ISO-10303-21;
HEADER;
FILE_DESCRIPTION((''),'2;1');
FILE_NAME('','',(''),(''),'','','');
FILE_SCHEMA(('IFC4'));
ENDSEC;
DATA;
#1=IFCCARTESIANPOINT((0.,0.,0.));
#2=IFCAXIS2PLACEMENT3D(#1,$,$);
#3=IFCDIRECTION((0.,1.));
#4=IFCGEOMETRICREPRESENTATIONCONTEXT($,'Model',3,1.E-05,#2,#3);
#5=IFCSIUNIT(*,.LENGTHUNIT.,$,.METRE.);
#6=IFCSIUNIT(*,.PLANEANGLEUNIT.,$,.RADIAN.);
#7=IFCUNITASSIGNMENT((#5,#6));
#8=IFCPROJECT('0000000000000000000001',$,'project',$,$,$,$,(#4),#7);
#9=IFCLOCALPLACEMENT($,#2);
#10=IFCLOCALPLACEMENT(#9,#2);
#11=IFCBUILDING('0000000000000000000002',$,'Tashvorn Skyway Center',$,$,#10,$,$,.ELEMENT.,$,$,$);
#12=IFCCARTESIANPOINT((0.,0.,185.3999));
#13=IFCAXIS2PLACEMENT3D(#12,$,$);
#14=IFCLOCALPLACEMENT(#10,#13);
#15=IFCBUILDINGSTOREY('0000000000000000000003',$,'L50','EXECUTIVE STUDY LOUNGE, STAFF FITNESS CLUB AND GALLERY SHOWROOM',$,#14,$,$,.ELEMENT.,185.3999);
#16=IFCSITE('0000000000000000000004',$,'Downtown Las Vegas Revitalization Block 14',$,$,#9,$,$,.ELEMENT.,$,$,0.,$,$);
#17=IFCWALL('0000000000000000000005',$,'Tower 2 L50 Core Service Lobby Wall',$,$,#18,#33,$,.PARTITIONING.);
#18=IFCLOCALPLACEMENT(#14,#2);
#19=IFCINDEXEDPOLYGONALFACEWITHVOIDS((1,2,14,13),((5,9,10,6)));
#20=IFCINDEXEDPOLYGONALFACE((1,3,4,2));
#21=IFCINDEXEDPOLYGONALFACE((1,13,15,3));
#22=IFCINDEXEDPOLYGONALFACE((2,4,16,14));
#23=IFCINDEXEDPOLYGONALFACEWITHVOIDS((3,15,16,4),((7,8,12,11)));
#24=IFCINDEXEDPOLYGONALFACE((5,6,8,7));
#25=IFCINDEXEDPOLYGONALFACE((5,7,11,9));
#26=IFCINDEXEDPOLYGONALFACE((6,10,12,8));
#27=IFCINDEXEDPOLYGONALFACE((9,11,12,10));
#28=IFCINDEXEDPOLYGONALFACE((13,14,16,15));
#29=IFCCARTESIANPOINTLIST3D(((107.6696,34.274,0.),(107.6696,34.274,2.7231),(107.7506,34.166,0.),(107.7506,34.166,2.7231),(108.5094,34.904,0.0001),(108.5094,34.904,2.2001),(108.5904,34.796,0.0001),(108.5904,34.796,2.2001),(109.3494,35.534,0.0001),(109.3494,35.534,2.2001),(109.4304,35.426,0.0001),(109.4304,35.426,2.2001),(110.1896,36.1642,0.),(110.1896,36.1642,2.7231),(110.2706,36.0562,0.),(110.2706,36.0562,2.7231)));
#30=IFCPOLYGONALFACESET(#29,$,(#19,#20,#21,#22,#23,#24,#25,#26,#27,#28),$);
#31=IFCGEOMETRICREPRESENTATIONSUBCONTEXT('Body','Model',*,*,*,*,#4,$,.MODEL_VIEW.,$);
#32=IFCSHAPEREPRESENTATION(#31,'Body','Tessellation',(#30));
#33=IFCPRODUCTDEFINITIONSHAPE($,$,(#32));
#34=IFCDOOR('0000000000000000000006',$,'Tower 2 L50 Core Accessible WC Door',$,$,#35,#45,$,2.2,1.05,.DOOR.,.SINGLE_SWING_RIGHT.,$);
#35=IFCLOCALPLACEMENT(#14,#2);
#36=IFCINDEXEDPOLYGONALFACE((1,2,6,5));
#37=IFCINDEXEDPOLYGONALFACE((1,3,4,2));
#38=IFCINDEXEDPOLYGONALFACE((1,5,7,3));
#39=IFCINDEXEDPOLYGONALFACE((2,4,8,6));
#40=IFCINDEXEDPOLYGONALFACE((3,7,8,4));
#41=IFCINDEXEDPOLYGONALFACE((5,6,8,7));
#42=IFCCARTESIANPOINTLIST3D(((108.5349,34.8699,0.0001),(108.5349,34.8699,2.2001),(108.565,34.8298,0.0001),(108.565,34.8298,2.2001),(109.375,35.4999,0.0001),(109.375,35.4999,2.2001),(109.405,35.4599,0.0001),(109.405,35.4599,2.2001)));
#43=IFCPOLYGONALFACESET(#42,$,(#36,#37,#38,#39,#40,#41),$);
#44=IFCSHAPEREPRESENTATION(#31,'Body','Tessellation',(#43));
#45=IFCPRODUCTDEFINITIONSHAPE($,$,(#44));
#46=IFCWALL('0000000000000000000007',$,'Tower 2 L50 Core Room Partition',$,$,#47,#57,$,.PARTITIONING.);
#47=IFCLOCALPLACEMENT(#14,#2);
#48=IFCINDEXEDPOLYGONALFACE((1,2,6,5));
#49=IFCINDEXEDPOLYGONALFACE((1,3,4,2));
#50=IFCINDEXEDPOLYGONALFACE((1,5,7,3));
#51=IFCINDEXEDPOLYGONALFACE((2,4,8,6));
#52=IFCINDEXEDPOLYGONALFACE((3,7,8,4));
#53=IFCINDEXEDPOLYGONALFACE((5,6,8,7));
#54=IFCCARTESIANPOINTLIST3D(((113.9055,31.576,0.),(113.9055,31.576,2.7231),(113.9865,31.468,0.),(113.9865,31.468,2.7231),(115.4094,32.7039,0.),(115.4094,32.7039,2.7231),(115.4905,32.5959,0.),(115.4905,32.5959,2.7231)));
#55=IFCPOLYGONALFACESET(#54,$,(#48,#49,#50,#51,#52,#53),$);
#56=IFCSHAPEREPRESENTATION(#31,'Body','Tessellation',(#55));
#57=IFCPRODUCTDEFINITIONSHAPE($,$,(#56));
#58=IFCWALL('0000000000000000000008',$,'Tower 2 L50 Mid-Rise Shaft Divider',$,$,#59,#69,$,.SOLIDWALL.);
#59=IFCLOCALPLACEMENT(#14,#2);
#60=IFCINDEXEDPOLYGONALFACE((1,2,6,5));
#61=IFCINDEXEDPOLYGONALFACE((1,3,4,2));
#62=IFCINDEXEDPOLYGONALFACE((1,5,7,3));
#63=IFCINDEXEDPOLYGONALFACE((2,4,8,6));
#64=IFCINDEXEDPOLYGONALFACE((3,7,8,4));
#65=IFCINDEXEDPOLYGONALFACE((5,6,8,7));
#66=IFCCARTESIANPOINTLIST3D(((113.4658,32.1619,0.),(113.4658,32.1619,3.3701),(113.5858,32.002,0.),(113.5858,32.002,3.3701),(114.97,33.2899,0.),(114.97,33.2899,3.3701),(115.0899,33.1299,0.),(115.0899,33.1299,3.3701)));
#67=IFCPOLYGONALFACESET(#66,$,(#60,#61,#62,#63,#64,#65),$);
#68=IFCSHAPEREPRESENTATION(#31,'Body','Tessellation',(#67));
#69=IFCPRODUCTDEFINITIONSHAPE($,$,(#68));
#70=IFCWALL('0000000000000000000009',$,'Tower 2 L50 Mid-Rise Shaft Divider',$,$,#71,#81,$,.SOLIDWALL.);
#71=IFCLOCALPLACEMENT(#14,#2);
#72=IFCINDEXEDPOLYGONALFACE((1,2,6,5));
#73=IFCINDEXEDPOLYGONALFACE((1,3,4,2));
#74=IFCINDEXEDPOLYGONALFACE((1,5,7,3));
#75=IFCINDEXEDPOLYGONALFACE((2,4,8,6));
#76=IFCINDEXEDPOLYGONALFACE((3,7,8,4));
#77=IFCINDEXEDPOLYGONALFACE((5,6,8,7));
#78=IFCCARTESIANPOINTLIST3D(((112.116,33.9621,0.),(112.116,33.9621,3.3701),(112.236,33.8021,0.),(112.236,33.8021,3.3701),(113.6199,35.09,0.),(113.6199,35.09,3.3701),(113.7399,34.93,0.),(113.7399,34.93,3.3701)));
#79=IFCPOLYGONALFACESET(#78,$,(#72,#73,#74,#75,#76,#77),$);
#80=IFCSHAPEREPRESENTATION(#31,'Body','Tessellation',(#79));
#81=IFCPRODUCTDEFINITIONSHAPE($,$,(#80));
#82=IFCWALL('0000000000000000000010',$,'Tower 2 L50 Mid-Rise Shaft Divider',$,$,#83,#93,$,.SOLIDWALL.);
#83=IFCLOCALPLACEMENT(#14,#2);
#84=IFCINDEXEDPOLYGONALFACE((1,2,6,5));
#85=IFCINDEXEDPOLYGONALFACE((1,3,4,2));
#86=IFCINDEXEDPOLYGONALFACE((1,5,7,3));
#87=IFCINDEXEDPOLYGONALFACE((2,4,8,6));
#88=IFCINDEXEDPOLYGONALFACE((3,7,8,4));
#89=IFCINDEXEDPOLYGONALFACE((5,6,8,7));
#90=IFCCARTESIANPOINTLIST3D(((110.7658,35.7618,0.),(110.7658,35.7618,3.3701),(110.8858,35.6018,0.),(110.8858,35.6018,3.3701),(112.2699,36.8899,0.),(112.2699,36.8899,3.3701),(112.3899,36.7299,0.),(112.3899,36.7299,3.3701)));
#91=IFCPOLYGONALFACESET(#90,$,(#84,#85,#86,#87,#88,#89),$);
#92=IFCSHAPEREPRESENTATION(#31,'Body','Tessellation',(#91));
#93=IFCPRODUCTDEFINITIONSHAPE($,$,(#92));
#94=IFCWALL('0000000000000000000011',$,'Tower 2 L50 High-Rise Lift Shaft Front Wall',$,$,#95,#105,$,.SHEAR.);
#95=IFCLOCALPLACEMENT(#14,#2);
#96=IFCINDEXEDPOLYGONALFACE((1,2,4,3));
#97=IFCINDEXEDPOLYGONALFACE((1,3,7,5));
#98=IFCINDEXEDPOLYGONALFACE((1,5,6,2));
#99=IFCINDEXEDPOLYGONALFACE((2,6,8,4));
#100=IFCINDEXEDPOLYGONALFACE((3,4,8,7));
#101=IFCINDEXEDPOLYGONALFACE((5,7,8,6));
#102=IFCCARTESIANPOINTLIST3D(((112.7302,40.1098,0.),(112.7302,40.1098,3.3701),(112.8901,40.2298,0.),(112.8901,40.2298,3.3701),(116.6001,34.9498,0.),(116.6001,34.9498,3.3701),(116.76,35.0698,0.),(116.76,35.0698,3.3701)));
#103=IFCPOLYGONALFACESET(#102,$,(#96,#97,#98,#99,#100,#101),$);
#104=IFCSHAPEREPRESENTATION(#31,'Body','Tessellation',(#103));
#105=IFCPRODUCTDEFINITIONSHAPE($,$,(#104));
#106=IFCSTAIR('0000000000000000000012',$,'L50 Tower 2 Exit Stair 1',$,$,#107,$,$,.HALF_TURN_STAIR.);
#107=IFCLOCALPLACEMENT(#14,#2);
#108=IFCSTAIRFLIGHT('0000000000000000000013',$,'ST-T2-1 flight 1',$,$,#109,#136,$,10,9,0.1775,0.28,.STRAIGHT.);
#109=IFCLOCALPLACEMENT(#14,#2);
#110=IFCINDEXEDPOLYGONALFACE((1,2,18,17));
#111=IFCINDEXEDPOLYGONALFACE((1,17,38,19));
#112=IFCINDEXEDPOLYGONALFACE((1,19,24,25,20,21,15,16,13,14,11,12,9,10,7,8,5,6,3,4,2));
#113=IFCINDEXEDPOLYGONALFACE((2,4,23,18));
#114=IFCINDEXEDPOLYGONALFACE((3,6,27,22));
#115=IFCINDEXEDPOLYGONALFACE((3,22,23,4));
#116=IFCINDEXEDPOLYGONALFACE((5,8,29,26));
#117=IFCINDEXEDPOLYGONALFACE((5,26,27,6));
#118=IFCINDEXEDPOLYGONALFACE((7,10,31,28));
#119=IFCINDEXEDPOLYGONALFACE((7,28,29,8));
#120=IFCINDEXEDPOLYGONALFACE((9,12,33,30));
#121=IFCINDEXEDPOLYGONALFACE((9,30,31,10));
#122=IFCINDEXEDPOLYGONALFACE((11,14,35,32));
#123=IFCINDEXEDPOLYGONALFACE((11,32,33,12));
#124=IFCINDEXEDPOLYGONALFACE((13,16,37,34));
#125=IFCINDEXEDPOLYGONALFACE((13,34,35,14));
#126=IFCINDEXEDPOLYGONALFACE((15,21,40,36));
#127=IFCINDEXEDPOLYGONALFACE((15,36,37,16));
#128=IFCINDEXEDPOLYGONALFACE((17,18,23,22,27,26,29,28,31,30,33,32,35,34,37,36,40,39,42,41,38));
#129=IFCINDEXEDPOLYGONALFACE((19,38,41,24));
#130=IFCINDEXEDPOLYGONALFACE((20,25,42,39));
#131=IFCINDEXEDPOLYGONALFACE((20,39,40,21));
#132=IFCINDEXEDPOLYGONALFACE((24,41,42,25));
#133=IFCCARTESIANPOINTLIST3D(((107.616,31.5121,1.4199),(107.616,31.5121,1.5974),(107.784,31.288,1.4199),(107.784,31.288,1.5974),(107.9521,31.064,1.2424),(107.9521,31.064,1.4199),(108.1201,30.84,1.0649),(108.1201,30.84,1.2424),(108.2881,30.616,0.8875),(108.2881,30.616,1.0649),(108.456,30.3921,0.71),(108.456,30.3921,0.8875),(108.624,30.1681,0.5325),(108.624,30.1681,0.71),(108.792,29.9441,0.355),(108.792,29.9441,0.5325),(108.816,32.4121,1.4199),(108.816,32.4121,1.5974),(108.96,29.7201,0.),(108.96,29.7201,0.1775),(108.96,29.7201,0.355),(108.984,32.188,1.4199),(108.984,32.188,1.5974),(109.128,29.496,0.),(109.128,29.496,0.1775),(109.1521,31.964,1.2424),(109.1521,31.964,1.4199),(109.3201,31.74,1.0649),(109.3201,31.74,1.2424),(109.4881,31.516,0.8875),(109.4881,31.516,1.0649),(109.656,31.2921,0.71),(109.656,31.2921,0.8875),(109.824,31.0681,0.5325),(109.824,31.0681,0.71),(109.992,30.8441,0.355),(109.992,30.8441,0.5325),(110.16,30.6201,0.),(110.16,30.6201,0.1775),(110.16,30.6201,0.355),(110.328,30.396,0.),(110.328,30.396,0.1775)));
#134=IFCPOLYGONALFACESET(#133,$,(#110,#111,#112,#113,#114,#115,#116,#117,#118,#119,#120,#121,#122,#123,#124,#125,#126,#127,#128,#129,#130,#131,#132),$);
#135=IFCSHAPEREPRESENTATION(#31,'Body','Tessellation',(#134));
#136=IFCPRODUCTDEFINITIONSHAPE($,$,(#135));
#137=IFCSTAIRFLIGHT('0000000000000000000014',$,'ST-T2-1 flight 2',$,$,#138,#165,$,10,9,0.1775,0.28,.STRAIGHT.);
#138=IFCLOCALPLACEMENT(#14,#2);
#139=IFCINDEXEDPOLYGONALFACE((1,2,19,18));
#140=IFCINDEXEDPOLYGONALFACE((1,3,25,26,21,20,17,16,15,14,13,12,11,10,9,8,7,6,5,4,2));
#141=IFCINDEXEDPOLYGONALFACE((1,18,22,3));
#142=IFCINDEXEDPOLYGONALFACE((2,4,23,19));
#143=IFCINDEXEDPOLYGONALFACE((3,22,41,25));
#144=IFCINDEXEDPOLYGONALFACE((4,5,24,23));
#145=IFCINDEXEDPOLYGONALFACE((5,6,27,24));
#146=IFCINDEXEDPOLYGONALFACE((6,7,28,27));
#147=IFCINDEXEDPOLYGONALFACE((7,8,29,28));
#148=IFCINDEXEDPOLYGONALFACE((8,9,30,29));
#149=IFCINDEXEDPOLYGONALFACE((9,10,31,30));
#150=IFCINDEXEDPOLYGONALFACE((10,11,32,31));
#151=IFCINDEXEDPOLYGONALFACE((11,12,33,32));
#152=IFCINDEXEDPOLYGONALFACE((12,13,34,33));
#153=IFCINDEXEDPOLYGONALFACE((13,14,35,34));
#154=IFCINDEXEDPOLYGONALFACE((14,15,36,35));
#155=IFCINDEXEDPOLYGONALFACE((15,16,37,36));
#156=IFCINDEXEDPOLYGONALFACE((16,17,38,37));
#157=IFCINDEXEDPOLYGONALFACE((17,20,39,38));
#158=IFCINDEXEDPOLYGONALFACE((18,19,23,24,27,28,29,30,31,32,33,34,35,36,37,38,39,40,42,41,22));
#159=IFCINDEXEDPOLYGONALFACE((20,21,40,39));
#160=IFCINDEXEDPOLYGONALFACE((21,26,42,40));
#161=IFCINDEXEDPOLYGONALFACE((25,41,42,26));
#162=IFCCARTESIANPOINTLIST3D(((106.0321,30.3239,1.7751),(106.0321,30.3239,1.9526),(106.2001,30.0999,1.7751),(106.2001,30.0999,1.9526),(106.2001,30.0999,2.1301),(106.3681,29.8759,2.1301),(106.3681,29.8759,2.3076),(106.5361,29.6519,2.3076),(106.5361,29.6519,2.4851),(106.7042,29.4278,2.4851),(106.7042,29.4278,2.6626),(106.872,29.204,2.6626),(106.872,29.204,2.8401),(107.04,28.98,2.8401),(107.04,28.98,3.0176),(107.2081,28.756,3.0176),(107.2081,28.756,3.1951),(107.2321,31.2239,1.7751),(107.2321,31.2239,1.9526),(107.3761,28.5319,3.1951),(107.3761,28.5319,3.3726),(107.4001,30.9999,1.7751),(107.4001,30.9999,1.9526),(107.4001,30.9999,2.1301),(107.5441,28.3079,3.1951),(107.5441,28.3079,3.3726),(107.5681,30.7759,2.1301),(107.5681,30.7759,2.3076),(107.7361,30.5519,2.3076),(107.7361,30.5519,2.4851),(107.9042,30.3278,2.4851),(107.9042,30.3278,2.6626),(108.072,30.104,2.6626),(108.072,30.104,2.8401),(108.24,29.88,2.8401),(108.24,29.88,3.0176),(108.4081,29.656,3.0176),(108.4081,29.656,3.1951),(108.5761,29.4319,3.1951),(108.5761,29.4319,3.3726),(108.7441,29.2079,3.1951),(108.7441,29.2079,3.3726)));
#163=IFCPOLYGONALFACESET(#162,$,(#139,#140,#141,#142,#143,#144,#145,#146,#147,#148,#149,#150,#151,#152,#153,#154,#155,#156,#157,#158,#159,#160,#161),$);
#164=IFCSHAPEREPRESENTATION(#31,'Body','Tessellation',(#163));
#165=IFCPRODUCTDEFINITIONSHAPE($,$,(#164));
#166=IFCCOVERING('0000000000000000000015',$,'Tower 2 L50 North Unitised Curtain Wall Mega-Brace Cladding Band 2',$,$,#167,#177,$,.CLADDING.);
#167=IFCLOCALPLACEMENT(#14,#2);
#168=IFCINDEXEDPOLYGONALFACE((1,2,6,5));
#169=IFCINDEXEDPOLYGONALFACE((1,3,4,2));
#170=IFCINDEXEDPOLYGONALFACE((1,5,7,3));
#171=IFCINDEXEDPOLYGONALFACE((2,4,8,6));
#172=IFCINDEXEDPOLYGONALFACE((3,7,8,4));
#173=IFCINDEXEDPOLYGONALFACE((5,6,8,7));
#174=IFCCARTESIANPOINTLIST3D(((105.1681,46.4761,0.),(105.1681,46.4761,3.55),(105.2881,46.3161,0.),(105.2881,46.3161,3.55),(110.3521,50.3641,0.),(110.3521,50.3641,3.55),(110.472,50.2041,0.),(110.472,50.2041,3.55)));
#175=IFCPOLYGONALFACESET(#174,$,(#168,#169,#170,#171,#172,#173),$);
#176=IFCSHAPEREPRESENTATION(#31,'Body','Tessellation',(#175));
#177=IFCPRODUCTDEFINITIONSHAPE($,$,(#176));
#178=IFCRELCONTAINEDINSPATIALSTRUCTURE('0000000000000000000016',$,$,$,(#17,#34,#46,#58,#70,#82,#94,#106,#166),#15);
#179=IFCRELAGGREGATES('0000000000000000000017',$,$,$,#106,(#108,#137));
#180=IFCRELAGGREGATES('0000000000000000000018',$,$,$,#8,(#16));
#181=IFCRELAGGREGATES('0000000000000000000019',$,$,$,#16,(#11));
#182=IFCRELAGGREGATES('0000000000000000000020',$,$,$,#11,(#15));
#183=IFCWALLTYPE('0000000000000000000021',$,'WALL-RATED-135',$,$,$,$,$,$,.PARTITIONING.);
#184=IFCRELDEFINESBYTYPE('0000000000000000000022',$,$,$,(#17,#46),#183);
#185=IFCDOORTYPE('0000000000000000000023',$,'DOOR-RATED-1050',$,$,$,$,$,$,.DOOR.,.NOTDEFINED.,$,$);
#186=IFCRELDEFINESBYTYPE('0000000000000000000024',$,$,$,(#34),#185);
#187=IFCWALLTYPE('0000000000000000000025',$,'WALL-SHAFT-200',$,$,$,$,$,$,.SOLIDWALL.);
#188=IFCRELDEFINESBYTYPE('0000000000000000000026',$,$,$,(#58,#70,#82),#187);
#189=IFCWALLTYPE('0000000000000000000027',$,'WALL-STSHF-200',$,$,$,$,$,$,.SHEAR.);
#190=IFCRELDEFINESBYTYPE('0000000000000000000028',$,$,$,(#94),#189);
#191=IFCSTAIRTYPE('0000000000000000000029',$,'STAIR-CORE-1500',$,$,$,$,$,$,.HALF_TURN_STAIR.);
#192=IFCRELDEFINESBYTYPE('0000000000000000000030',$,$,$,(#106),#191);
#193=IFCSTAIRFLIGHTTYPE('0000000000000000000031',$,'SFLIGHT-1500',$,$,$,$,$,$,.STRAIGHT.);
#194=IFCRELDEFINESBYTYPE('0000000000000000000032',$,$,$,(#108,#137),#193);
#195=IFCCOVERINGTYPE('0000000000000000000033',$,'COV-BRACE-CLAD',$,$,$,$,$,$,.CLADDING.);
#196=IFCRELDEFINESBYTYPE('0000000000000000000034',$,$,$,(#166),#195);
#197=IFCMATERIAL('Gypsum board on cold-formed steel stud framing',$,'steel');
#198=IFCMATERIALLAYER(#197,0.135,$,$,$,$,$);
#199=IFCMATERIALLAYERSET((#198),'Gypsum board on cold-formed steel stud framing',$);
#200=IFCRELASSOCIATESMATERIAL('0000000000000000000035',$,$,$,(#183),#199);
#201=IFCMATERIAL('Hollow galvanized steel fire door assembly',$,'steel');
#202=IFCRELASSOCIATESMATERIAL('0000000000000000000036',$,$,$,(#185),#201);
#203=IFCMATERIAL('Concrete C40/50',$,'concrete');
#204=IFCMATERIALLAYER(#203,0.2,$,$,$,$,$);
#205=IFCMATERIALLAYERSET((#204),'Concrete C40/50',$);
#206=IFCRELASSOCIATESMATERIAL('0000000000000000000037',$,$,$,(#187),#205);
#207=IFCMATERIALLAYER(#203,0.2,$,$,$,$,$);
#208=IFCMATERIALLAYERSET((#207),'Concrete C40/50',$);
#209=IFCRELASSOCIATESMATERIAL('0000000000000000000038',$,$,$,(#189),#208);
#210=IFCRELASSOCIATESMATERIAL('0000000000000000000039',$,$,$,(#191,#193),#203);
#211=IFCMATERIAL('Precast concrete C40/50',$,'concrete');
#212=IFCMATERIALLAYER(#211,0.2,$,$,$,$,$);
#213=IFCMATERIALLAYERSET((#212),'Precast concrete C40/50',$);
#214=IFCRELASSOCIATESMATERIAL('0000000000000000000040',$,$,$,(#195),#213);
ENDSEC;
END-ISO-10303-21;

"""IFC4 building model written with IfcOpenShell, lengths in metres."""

from ifc_helpers import new_model, si_unit, direction, frame, frame_2d, origin, origin_2d, place, context, subcontext, project, spatial, polyline, rectangle, outline, extrude, material, layer, layer_set, type_object, element, fill, aggregate, save


model = new_model("IFC4")

# Units and contexts
model_context = context("Model", 3, precision=1e-05, world=origin(), true_north=direction((0.0, 1.0)))
body_context = subcontext(model_context, "Body", "Model", "MODEL_VIEW")
ifc_project = project(units=[si_unit("LENGTHUNIT", "METRE"), si_unit("PLANEANGLEUNIT", "RADIAN")], contexts=[model_context])

# Site, building, storey
site_placement = place(None, origin())
site = spatial("IfcSite", under=ifc_project, at=site_placement, Name="Downtown Las Vegas Revitalization Block 14", CompositionType="ELEMENT", RefElevation=0.0)
building_placement = place(site_placement, origin())
building = spatial("IfcBuilding", under=site, at=building_placement, Name="Tashvorn Skyway Center", CompositionType="ELEMENT")
storey_placement = place(building_placement, frame((0.0, 0.0, 185.3999)))
storey = spatial("IfcBuildingStorey", under=building, at=storey_placement, Name="L50", Description="EXECUTIVE STUDY LOUNGE, STAFF FITNESS CLUB AND GALLERY SHOWROOM", CompositionType="ELEMENT", Elevation=185.3999)

# Shared definitions
ifc_material_1 = material(Name="Concrete C40/50", Category="concrete")
ifc_material_2 = material(Name="Hollow galvanized steel fire door assembly", Category="steel")

# Shared definitions
ifc_material_3 = material(Name="Gypsum board on cold-formed steel stud framing", Category="steel")

# Wall, opening, door
ifc_layer_1 = layer(ifc_material_3, 0.135)
ifc_layer_set_1 = layer_set([ifc_layer_1], Name="Gypsum board on cold-formed steel stud framing")
wall_type_1 = type_object("IfcWallType", Name="WALL-RATED-135", PredefinedType="PARTITIONING", material=ifc_layer_set_1)
wall_1_placement = place(storey_placement, frame((107.71, 34.22, 0.0), z_axis=(0.0, 0.0, 1.0), x_axis=(0.799981, 0.600025, 0.0)))
wall_1 = element("IfcWall", 1, at=wall_1_placement, inside=storey, type_object=wall_type_1, Name="Tower 2 L50 Core Service Lobby Wall", PredefinedType="PARTITIONING", context=body_context, shape_type="SweptSolid", body=[
    extrude(rectangle(XDim=3.1501, YDim=0.135, at=frame_2d((1.5752, 0.0))), origin(), (0.0, 0.0, 1.0), 2.7231),
])
opening_1_placement = place(wall_1_placement, frame((1.05, 0.0, 0.0)))
opening_1 = element("IfcOpeningElement", 2, at=opening_1_placement, cuts=wall_1, PredefinedType="OPENING", context=body_context, shape_type="SweptSolid", body=[
    extrude(rectangle(XDim=1.05, YDim=2.2, at=frame_2d((0.5249, 1.1001))), frame((0.0, 0.0774, 0.0), z_axis=(0.0, -1.0, 0.0), x_axis=(1.0, 0.0, 0.0)), (0.0, 0.0, 1.0), 0.155),
])
door_type_1 = type_object("IfcDoorType", Name="DOOR-RATED-1050", OperationType="NOTDEFINED", PredefinedType="DOOR", material=ifc_material_2)
door_1_placement = place(opening_1_placement, origin())
door_1 = element("IfcDoor", 3, at=door_1_placement, inside=storey, type_object=door_type_1, Name="Tower 2 L50 Core Accessible WC Door", OperationType="SINGLE_SWING_RIGHT", OverallHeight=2.2, OverallWidth=1.05, PredefinedType="DOOR", context=body_context, shape_type="SweptSolid", body=[
    extrude(rectangle(XDim=1.05, YDim=2.2, at=frame_2d((0.5249, 1.1001))), frame((0.0, 0.0249, 0.0), z_axis=(0.0, -1.0, 0.0), x_axis=(1.0, 0.0, 0.0)), (0.0, 0.0, 1.0), 0.05),
])
fill(opening_1, door_1)

# Walls
wall_2_placement = place(storey_placement, frame((113.946, 31.522, 0.0), z_axis=(0.0, 0.0, 1.0), x_axis=(0.8, 0.6, 0.0)))
element("IfcWall", 4, at=wall_2_placement, inside=storey, type_object=wall_type_1, Name="Tower 2 L50 Core Room Partition", PredefinedType="PARTITIONING", context=body_context, shape_type="SweptSolid", body=[
    extrude(rectangle(XDim=1.8799, YDim=0.135, at=frame_2d((0.9399, 0.0))), origin(), (0.0, 0.0, 1.0), 2.7231),
])
ifc_layer_2 = layer(ifc_material_1, 0.2)
ifc_layer_set_2 = layer_set([ifc_layer_2], Name="Concrete C40/50")
wall_type_2 = type_object("IfcWallType", Name="WALL-SHAFT-200", PredefinedType="SOLIDWALL", material=ifc_layer_set_2)
wall_3_placement = place(storey_placement, frame((113.5259, 32.082, 0.0), z_axis=(0.0, 0.0, 1.0), x_axis=(0.800047, 0.599938, 0.0)))
element("IfcWall", 5, at=wall_3_placement, inside=storey, type_object=wall_type_2, Name="Tower 2 L50 Mid-Rise Shaft Divider", PredefinedType="SOLIDWALL", context=body_context, shape_type="SweptSolid", body=[
    extrude(rectangle(XDim=1.8801, YDim=0.2, at=frame_2d((0.9399, 0.0))), origin(), (0.0, 0.0, 1.0), 3.3701),
])
wall_4_placement = place(storey_placement, frame((112.176, 33.8821, 0.0), z_axis=(0.0, 0.0, 1.0), x_axis=(0.8, 0.6, 0.0)))
element("IfcWall", 6, at=wall_4_placement, inside=storey, type_object=wall_type_2, Name="Tower 2 L50 Mid-Rise Shaft Divider", PredefinedType="SOLIDWALL", context=body_context, shape_type="SweptSolid", body=[
    extrude(rectangle(XDim=1.8799, YDim=0.2, at=frame_2d((0.9399, 0.0))), origin(), (0.0, 0.0, 1.0), 3.3701),
])
wall_5_placement = place(storey_placement, frame((110.8259, 35.6819, 0.0), z_axis=(0.0, 0.0, 1.0), x_axis=(0.799984, 0.600021, 0.0)))
element("IfcWall", 7, at=wall_5_placement, inside=storey, type_object=wall_type_2, Name="Tower 2 L50 Mid-Rise Shaft Divider", PredefinedType="SOLIDWALL", context=body_context, shape_type="SweptSolid", body=[
    extrude(rectangle(XDim=1.8801, YDim=0.2, at=frame_2d((0.9399, 0.0))), origin(), (0.0, 0.0, 1.0), 3.3701),
])
ifc_layer_3 = layer(ifc_material_1, 0.2)
ifc_layer_set_3 = layer_set([ifc_layer_3], Name="Concrete C40/50")
wall_type_3 = type_object("IfcWallType", Name="WALL-STSHF-200", PredefinedType="SHEAR", material=ifc_layer_set_3)
wall_6_placement = place(storey_placement, frame((112.8101, 40.1699, 0.0), z_axis=(0.0, 0.0, 1.0), x_axis=(0.599994, -0.800005, 0.0)))
element("IfcWall", 8, at=wall_6_placement, inside=storey, type_object=wall_type_3, Name="Tower 2 L50 High-Rise Lift Shaft Front Wall", PredefinedType="SHEAR", context=body_context, shape_type="SweptSolid", body=[
    extrude(rectangle(XDim=6.45, YDim=0.2, at=frame_2d((3.2251, 0.0))), origin(), (0.0, 0.0, 1.0), 3.3701),
])

# Stair, stair flights
stair_type = type_object("IfcStairType", Name="STAIR-CORE-1500", PredefinedType="HALF_TURN_STAIR", material=ifc_material_1)
stair_placement = place(storey_placement, origin())
stair = element("IfcStair", 9, at=stair_placement, inside=storey, type_object=stair_type, Name="L50 Tower 2 Exit Stair 1", PredefinedType="HALF_TURN_STAIR")
stair_flight_type = type_object("IfcStairFlightType", Name="SFLIGHT-1500", PredefinedType="STRAIGHT", material=ifc_material_1)
stair_flight_1_placement = place(storey_placement, frame((109.728, 29.946, 0.0), z_axis=(0.0, 0.0, 1.0), x_axis=(-0.6, 0.8, 0.0)))
stair_flight_1 = element("IfcStairFlight", 10, at=stair_flight_1_placement, type_object=stair_flight_type, Name="ST-T2-1 flight 1", NumberOfRisers=10, NumberOfTreads=9, PredefinedType="STRAIGHT", RiserHeight=0.1775, TreadLength=0.28, context=body_context, shape_type="SweptSolid", body=[
    extrude(outline(polyline([(0.0, 0.0), (0.0, 0.1775), (0.28, 0.1775), (0.28, 0.355), (0.5601, 0.355), (0.5601, 0.5325), (0.8401, 0.5325), (0.8401, 0.71), (1.1201, 0.71), (1.1201, 0.8875), (1.3999, 0.8875), (1.3999, 1.0649), (1.6799, 1.0649), (1.6799, 1.2424), (1.96, 1.2424), (1.96, 1.4199), (2.24, 1.4199), (2.24, 1.5974), (2.52, 1.5974), (2.52, 1.7749), (2.52, 1.4199), (0.28, 0.0), (0.0, 0.0)])), frame((0.0, 0.75, 0.0), z_axis=(0.0, -1.0, 0.0), x_axis=(1.0, 0.0, 0.0)), (0.0, 0.0, 1.0), 1.5),
])
stair_flight_2_placement = place(storey_placement, frame((106.6321, 30.7739, 1.7751), z_axis=(0.0, 0.0, 1.0), x_axis=(0.6, -0.8, 0.0)))
stair_flight_2 = element("IfcStairFlight", 11, at=stair_flight_2_placement, type_object=stair_flight_type, Name="ST-T2-1 flight 2", NumberOfRisers=10, NumberOfTreads=9, PredefinedType="STRAIGHT", RiserHeight=0.1775, TreadLength=0.28, context=body_context, shape_type="SweptSolid", body=[
    extrude(outline(polyline([(0.0, 0.0), (0.0, 0.1775), (0.28, 0.1775), (0.28, 0.355), (0.5601, 0.355), (0.5601, 0.5325), (0.8401, 0.5325), (0.8401, 0.71), (1.1201, 0.71), (1.1201, 0.8875), (1.3999, 0.8875), (1.3999, 1.0649), (1.6799, 1.0649), (1.6799, 1.2424), (1.96, 1.2424), (1.96, 1.4199), (2.24, 1.4199), (2.24, 1.5974), (2.52, 1.5974), (2.52, 1.7749), (2.52, 1.4199), (0.28, 0.0), (0.0, 0.0)])), frame((0.0, 0.75, 0.0), z_axis=(0.0, -1.0, 0.0), x_axis=(1.0, 0.0, 0.0)), (0.0, 0.0, 1.0), 1.5),
])
aggregate(stair, [stair_flight_1, stair_flight_2])

# Covering
ifc_material_4 = material(Name="Precast concrete C40/50", Category="concrete")
ifc_layer_4 = layer(ifc_material_4, 0.2)
ifc_layer_set_4 = layer_set([ifc_layer_4], Name="Precast concrete C40/50")
covering_type = type_object("IfcCoveringType", Name="COV-BRACE-CLAD", PredefinedType="CLADDING", material=ifc_layer_set_4)
covering_placement = place(storey_placement, frame((107.8201, 48.3401, 0.0), z_axis=(0.0, 0.0, 1.0), x_axis=(0.8, 0.6, 0.0)))
element("IfcCovering", 12, at=covering_placement, inside=storey, type_object=covering_type, Name="Tower 2 L50 North Unitised Curtain Wall Mega-Brace Cladding Band 2", PredefinedType="CLADDING", context=body_context, shape_type="SweptSolid", body=[
    extrude(rectangle(XDim=6.48, YDim=0.2, at=origin_2d()), origin(), (0.0, 0.0, 1.0), 3.55),
])

save(model, "model.ifc")
